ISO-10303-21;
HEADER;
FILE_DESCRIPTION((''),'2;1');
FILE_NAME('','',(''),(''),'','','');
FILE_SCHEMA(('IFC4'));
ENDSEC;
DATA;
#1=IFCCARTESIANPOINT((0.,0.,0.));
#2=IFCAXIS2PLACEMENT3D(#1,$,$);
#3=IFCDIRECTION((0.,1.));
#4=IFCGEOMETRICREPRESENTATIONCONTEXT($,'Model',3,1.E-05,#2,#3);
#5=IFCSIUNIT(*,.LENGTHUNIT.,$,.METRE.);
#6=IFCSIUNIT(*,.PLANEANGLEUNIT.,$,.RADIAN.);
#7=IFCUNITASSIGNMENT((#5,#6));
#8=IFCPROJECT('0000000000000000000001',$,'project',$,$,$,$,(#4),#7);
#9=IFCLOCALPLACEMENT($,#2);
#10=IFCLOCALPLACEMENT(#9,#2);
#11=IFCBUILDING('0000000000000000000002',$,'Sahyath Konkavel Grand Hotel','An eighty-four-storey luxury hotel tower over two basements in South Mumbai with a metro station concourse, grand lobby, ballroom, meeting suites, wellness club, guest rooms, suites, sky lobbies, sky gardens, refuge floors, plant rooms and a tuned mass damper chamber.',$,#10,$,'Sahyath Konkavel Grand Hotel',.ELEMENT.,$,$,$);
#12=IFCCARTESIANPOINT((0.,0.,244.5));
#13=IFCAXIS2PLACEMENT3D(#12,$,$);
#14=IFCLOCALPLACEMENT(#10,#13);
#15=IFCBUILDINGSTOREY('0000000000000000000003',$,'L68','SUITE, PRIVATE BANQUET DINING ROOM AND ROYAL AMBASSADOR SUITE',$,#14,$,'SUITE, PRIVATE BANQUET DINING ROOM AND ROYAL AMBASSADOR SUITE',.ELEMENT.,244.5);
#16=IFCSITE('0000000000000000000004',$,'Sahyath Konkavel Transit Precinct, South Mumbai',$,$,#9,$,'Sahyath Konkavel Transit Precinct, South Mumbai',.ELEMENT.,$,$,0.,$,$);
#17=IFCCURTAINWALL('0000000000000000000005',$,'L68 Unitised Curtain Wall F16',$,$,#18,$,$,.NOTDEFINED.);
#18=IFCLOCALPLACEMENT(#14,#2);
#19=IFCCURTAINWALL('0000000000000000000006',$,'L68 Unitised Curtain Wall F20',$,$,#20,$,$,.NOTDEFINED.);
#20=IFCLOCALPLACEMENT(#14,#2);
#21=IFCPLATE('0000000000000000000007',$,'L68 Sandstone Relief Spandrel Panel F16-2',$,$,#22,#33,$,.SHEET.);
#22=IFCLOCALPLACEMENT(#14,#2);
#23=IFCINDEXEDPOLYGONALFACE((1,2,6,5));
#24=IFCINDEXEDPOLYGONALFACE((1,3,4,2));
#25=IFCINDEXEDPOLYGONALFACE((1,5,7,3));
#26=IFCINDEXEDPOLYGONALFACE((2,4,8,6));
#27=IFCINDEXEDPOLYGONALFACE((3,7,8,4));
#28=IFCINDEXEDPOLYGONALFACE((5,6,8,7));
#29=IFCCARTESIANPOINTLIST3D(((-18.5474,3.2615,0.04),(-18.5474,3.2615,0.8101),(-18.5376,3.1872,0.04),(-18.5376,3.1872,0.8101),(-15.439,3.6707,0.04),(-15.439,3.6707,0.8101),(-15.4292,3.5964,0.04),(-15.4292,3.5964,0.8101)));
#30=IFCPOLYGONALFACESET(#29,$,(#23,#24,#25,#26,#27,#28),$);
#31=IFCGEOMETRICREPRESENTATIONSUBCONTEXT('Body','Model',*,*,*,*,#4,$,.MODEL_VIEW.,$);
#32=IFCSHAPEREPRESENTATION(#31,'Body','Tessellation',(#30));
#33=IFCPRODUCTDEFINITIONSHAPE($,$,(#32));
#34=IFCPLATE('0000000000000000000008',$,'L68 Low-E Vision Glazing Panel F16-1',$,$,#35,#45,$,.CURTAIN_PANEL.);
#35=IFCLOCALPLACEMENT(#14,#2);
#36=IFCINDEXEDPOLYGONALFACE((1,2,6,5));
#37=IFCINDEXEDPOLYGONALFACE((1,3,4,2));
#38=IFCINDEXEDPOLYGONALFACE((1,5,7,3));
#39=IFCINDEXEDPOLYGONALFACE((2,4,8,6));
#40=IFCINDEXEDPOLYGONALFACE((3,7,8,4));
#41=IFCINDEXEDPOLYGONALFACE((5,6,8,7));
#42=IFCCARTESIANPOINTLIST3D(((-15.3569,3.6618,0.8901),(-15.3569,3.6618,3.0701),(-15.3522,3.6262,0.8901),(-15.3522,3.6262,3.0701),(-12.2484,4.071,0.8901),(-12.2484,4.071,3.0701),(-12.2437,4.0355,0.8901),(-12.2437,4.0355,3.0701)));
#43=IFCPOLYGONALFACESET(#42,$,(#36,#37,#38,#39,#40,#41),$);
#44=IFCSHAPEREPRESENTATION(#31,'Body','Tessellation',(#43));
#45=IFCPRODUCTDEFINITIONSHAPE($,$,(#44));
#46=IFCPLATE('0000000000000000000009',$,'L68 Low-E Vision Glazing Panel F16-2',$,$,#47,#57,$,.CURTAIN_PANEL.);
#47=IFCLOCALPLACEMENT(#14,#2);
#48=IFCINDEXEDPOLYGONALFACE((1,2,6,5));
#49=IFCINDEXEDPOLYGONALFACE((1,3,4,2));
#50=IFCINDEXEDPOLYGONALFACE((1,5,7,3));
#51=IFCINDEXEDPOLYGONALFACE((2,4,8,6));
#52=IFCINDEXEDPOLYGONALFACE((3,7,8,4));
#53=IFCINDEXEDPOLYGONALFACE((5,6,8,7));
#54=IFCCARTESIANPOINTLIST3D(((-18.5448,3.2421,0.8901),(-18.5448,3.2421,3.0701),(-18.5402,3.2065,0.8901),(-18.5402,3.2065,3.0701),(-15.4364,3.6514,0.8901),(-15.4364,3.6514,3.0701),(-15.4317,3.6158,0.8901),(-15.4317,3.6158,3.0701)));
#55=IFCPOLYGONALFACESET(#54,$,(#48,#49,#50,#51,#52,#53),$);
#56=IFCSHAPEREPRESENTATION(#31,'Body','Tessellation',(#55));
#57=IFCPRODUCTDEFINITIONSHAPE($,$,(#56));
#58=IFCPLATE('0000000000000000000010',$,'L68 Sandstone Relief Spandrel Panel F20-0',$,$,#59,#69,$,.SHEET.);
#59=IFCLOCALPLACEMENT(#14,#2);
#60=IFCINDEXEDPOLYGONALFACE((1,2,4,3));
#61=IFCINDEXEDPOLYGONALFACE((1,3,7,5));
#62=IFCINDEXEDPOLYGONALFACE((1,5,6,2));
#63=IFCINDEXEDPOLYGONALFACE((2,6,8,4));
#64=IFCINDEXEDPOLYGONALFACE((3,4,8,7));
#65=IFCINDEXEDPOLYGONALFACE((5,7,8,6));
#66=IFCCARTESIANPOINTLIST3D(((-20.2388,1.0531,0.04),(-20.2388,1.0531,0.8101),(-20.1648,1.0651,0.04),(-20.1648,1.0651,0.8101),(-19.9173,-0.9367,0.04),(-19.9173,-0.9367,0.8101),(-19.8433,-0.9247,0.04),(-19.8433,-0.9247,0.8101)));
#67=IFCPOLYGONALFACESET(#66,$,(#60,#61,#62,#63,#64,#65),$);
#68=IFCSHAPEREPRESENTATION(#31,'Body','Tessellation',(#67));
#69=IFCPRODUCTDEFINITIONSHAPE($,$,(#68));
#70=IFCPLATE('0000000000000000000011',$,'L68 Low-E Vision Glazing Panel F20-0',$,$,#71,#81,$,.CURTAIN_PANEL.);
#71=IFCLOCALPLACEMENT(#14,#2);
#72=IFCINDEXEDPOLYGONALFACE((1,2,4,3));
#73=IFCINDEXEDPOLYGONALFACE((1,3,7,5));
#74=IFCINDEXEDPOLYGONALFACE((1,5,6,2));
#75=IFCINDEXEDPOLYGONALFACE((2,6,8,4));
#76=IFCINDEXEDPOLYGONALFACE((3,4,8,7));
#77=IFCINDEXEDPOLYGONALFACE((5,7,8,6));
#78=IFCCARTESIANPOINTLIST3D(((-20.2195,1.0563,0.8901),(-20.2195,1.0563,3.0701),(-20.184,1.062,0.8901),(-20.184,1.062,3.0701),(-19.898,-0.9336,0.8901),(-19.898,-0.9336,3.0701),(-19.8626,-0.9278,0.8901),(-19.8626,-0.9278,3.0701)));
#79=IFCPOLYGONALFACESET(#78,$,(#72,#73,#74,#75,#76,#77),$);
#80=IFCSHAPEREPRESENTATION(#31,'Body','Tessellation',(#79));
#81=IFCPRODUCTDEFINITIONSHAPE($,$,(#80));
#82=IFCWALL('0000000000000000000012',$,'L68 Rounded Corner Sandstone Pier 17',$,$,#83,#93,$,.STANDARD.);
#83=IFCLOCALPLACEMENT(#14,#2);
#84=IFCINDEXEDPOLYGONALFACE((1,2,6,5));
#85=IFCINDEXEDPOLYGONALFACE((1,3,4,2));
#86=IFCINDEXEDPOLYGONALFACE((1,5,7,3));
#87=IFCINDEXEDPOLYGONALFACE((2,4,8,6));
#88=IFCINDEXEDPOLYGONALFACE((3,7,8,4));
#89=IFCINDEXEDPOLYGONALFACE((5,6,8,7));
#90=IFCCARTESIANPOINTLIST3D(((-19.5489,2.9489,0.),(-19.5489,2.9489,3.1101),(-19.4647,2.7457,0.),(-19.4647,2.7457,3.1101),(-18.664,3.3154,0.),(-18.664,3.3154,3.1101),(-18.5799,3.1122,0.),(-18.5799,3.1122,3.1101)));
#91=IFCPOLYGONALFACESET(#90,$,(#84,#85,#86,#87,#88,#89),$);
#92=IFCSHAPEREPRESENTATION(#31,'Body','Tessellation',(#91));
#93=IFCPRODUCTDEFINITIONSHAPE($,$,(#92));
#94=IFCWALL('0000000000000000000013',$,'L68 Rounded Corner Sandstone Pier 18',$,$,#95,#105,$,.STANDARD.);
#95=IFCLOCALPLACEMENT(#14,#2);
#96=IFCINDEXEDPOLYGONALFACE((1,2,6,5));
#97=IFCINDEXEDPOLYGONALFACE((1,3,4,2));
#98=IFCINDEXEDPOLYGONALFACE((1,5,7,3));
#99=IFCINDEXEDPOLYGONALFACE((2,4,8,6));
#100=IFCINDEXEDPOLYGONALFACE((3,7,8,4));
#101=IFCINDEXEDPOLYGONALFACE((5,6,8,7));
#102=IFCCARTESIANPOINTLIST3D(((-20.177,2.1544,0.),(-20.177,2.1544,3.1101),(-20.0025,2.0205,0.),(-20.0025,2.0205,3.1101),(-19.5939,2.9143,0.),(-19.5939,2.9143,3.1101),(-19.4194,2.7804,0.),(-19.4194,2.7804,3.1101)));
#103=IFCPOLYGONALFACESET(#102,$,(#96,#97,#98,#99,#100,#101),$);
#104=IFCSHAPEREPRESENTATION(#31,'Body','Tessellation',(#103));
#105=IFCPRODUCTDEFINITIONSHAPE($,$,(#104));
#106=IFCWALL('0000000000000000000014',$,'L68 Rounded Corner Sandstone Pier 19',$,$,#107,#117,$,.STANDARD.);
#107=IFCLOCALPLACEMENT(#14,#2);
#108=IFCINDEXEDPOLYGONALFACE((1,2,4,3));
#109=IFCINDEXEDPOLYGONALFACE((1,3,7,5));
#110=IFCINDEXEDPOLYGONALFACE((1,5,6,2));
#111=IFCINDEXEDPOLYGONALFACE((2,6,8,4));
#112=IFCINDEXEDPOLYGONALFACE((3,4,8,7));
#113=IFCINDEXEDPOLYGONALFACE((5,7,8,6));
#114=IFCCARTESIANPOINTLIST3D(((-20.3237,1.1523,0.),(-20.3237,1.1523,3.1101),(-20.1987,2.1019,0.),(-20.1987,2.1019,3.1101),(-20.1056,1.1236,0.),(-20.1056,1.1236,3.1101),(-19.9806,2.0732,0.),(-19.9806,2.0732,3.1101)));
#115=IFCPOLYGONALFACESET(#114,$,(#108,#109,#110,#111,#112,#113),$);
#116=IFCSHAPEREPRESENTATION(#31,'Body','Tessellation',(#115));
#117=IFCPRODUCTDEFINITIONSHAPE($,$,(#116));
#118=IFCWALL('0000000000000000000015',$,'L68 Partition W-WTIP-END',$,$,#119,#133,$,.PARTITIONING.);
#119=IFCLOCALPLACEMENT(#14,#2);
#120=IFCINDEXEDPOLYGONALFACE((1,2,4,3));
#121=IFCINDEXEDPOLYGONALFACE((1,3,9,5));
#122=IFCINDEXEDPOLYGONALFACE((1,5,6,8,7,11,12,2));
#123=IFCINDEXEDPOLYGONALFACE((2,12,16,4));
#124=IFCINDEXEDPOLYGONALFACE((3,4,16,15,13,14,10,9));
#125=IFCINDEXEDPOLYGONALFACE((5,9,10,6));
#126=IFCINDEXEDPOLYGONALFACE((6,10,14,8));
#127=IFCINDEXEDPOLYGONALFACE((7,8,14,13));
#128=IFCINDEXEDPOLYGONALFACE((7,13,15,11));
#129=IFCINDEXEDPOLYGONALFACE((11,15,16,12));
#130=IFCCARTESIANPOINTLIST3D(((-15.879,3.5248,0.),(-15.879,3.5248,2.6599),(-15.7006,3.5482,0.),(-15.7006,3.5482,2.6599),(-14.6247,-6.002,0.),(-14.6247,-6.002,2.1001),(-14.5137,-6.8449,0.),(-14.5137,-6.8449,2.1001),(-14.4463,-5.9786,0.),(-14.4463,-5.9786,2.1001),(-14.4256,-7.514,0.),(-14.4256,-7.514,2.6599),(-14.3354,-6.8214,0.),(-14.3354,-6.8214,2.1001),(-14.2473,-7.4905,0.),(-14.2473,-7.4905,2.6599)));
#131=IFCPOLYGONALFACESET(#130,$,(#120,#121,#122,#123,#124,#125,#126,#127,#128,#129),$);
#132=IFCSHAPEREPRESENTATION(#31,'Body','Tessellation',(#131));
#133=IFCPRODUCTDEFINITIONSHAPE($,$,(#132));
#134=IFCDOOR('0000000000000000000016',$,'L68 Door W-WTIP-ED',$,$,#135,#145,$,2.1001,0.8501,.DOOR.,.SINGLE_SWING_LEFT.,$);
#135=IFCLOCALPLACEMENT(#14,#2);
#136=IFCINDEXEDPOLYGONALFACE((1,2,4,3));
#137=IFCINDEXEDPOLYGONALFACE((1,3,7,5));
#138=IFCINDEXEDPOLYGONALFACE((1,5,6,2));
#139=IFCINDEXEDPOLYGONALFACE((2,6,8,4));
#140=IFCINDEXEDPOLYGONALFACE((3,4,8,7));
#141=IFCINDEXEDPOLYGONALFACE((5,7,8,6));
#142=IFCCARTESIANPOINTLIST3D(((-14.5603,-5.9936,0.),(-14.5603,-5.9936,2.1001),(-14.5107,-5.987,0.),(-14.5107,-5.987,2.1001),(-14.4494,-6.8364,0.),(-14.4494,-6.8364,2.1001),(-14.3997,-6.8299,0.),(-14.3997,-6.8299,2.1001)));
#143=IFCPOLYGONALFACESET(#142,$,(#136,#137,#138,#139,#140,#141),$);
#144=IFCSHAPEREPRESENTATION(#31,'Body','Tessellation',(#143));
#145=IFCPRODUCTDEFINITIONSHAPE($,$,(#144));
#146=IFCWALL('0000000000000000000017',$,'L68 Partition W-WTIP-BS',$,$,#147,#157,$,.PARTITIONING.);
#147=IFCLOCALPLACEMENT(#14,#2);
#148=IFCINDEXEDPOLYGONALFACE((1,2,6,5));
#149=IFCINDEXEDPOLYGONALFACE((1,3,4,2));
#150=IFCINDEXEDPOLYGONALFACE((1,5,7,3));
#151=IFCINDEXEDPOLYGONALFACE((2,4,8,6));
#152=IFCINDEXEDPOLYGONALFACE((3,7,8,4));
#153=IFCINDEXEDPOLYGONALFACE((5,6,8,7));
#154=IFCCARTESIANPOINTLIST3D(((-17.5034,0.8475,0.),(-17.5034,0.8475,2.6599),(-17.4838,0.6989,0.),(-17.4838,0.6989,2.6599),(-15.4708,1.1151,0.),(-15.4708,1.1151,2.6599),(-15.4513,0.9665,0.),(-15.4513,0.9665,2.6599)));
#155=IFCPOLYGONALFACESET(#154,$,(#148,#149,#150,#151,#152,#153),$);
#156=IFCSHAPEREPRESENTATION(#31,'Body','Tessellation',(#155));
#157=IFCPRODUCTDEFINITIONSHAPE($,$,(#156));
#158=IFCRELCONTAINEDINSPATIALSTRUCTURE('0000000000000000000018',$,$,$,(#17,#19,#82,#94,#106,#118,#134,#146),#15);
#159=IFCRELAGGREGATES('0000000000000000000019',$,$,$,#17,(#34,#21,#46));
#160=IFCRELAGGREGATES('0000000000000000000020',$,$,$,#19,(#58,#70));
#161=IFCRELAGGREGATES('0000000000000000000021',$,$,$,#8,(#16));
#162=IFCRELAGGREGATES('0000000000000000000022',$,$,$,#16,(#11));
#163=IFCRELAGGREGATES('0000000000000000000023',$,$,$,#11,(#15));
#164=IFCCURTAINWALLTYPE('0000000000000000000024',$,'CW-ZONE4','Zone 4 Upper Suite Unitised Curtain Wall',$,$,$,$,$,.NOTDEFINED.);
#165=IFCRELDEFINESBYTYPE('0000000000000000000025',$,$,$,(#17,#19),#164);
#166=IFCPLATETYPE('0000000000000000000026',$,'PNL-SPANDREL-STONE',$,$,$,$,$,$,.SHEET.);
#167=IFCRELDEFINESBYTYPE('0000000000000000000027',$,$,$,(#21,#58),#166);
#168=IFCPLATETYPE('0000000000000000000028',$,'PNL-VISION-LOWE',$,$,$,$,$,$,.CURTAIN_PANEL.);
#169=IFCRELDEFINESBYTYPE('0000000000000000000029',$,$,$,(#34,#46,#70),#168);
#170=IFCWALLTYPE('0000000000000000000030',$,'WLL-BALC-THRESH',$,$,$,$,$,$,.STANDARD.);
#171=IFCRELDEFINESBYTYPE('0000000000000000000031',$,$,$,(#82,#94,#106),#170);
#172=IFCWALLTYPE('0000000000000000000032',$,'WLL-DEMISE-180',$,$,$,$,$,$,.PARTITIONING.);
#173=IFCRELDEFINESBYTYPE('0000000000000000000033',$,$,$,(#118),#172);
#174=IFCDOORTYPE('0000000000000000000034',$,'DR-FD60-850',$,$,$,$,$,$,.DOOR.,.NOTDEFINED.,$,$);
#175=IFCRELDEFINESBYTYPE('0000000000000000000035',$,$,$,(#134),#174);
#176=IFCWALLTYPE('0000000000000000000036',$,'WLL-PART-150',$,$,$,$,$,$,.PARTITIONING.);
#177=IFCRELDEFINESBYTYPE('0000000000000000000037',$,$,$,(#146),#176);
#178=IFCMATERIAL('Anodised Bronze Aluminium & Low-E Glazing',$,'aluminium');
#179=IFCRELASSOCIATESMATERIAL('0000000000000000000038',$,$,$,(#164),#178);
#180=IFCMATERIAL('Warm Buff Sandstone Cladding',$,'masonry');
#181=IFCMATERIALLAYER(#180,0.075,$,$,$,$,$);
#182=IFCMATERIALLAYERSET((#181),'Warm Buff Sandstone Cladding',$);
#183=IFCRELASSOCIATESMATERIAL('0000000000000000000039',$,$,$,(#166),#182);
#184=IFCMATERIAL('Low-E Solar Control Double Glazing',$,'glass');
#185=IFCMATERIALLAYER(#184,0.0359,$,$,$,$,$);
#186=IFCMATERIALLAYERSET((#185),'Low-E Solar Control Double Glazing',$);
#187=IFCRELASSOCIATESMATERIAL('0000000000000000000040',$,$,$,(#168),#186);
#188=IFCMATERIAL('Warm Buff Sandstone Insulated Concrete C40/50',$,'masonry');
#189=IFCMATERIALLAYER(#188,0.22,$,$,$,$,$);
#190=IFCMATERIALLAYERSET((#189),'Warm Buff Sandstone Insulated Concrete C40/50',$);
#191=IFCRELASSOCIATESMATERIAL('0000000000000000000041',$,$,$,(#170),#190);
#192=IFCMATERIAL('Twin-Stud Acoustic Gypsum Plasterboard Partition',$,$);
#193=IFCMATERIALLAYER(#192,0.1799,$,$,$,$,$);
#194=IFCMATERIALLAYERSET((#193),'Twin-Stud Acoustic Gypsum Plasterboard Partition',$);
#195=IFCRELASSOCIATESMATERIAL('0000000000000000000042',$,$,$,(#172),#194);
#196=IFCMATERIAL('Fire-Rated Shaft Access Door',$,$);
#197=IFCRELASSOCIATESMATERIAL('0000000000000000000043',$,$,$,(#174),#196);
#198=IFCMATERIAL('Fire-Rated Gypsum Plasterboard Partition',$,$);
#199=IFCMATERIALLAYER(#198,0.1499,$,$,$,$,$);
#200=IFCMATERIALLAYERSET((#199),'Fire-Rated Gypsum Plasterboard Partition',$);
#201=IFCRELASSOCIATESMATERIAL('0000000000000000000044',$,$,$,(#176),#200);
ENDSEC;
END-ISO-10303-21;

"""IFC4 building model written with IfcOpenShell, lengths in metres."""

from ifc_helpers import new_model, si_unit, direction, frame, frame_2d, origin, origin_2d, place, context, subcontext, project, spatial, rectangle, extrude, source, transform, mapped, material, layer, layer_set, type_object, element, fill, aggregate, save


model = new_model("IFC4")

# Units and contexts
model_context = context("Model", 3, precision=1e-05, world=origin(), true_north=direction((0.0, 1.0)))
body_context = subcontext(model_context, "Body", "Model", "MODEL_VIEW")
ifc_project = project(units=[si_unit("LENGTHUNIT", "METRE"), si_unit("PLANEANGLEUNIT", "RADIAN")], contexts=[model_context])

# Site, building, storey
site_placement = place(None, origin())
site = spatial("IfcSite", under=ifc_project, at=site_placement, Name="Sahyath Konkavel Transit Precinct, South Mumbai", LongName="Sahyath Konkavel Transit Precinct, South Mumbai", CompositionType="ELEMENT", RefElevation=0.0)
building_placement = place(site_placement, origin())
building = spatial("IfcBuilding", under=site, at=building_placement, Name="Sahyath Konkavel Grand Hotel", Description="An eighty-four-storey luxury hotel tower over two basements in South Mumbai with a metro station concourse, grand lobby, ballroom, meeting suites, wellness club, guest rooms, suites, sky lobbies, sky gardens, refuge floors, plant rooms and a tuned mass damper chamber.", LongName="Sahyath Konkavel Grand Hotel", CompositionType="ELEMENT")
storey_placement = place(building_placement, frame((0.0, 0.0, 244.5)))
storey = spatial("IfcBuildingStorey", under=building, at=storey_placement, Name="L68", Description="SUITE, PRIVATE BANQUET DINING ROOM AND ROYAL AMBASSADOR SUITE", LongName="SUITE, PRIVATE BANQUET DINING ROOM AND ROYAL AMBASSADOR SUITE", CompositionType="ELEMENT", Elevation=244.5)

# Curtain wall
ifc_material_1 = material(Name="Anodised Bronze Aluminium & Low-E Glazing", Category="aluminium")
curtain_wall_type = type_object("IfcCurtainWallType", Name="CW-ZONE4", Description="Zone 4 Upper Suite Unitised Curtain Wall", PredefinedType="NOTDEFINED", material=ifc_material_1)
curtain_wall_1_placement = place(storey_placement, origin())
curtain_wall_1 = element("IfcCurtainWall", 1, at=curtain_wall_1_placement, inside=storey, type_object=curtain_wall_type, Name="L68 Unitised Curtain Wall F16", PredefinedType="NOTDEFINED")

# Curtain wall
curtain_wall_2_placement = place(storey_placement, origin())
curtain_wall_2 = element("IfcCurtainWall", 2, at=curtain_wall_2_placement, inside=storey, type_object=curtain_wall_type, Name="L68 Unitised Curtain Wall F20", PredefinedType="NOTDEFINED")

# Plates
ifc_material_2 = material(Name="Warm Buff Sandstone Cladding", Category="masonry")
ifc_layer_1 = layer(ifc_material_2, 0.075)
ifc_layer_set_1 = layer_set([ifc_layer_1], Name="Warm Buff Sandstone Cladding")
plate_type_1 = type_object("IfcPlateType", Name="PNL-SPANDREL-STONE", PredefinedType="SHEET", material=ifc_layer_set_1)
shared_shape_1 = source(origin(), body_context, "Body", "SweptSolid", [
    extrude(rectangle(XDim=3.1353, YDim=0.075, at=origin_2d()), origin(), (0.0, 0.0, 1.0), 0.77),
])
plate_1_placement = place(storey_placement, frame((-16.9883, 3.429, 0.04), z_axis=(0.0, 0.0, 1.0), x_axis=(-0.991445, -0.130526, 0.0)))
plate_1 = element("IfcPlate", 3, at=plate_1_placement, type_object=plate_type_1, Name="L68 Sandstone Relief Spandrel Panel F16-2", PredefinedType="SHEET", context=body_context, shape_type="MappedRepresentation", body=[
    mapped(shared_shape_1, transform((0.0, 0.0, 0.0), scale=1.0)),
])
ifc_material_3 = material(Name="Low-E Solar Control Double Glazing", Category="glass")
ifc_layer_2 = layer(ifc_material_3, 0.0359)
ifc_layer_set_2 = layer_set([ifc_layer_2], Name="Low-E Solar Control Double Glazing")
plate_type_2 = type_object("IfcPlateType", Name="PNL-VISION-LOWE", PredefinedType="CURTAIN_PANEL", material=ifc_layer_set_2)
shared_shape_2 = source(origin(), body_context, "Body", "SweptSolid", [
    extrude(rectangle(XDim=3.1353, YDim=0.0359, at=origin_2d()), origin(), (0.0, 0.0, 1.0), 2.1799),
])
plate_2_placement = place(storey_placement, frame((-13.8003, 3.8486, 0.8901), z_axis=(0.0, 0.0, 1.0), x_axis=(-0.991445, -0.130526, 0.0)))
plate_2 = element("IfcPlate", 4, at=plate_2_placement, type_object=plate_type_2, Name="L68 Low-E Vision Glazing Panel F16-1", PredefinedType="CURTAIN_PANEL", context=body_context, shape_type="MappedRepresentation", body=[
    mapped(shared_shape_2, transform((0.0, 0.0, 0.0), scale=1.0)),
])
plate_3_placement = place(storey_placement, frame((-16.9883, 3.429, 0.8901), z_axis=(0.0, 0.0, 1.0), x_axis=(-0.991445, -0.130526, 0.0)))
plate_3 = element("IfcPlate", 5, at=plate_3_placement, type_object=plate_type_2, Name="L68 Low-E Vision Glazing Panel F16-2", PredefinedType="CURTAIN_PANEL", context=body_context, shape_type="MappedRepresentation", body=[
    mapped(shared_shape_2, transform((0.0, 0.0, 0.0), scale=1.0)),
])
aggregate(curtain_wall_1, [plate_2, plate_1, plate_3])
shared_shape_3 = source(origin(), body_context, "Body", "SweptSolid", [
    extrude(rectangle(XDim=2.0156, YDim=0.075, at=origin_2d()), origin(), (0.0, 0.0, 1.0), 0.77),
])
plate_4_placement = place(storey_placement, frame((-20.041, 0.0642, 0.04), z_axis=(0.0, 0.0, 1.0), x_axis=(0.159502, -0.987198, 0.0)))
plate_4 = element("IfcPlate", 6, at=plate_4_placement, type_object=plate_type_1, Name="L68 Sandstone Relief Spandrel Panel F20-0", PredefinedType="SHEET", context=body_context, shape_type="MappedRepresentation", body=[
    mapped(shared_shape_3, transform((0.0, 0.0, 0.0), scale=1.0)),
])
shared_shape_4 = source(origin(), body_context, "Body", "SweptSolid", [
    extrude(rectangle(XDim=2.0156, YDim=0.0359, at=origin_2d()), origin(), (0.0, 0.0, 1.0), 2.1799),
])
plate_5_placement = place(storey_placement, frame((-20.041, 0.0642, 0.8901), z_axis=(0.0, 0.0, 1.0), x_axis=(0.159502, -0.987198, 0.0)))
plate_5 = element("IfcPlate", 7, at=plate_5_placement, type_object=plate_type_2, Name="L68 Low-E Vision Glazing Panel F20-0", PredefinedType="CURTAIN_PANEL", context=body_context, shape_type="MappedRepresentation", body=[
    mapped(shared_shape_4, transform((0.0, 0.0, 0.0), scale=1.0)),
])
aggregate(curtain_wall_2, [plate_4, plate_5])

# Walls
ifc_material_4 = material(Name="Warm Buff Sandstone Insulated Concrete C40/50", Category="masonry")
ifc_layer_3 = layer(ifc_material_4, 0.22)
ifc_layer_set_3 = layer_set([ifc_layer_3], Name="Warm Buff Sandstone Insulated Concrete C40/50")
wall_type_1 = type_object("IfcWallType", Name="WLL-BALC-THRESH", PredefinedType="STANDARD", material=ifc_layer_set_3)
for number, where, z_axis, x_axis, name in (
    (8, (-18.6218, 3.2139, 0.0), (0.0, 0.0, 1.0), (-0.923889, -0.38266, 0.0), "L68 Rounded Corner Sandstone Pier 17"),
    (9, (-19.5066, 2.8474, 0.0), (0.0, 0.0, 1.0), (-0.608774, -0.793344, 0.0), "L68 Rounded Corner Sandstone Pier 18"),
    (10, (-20.0896, 2.0876, 0.0), (0.0, 0.0, 1.0), (-0.130527, -0.991445, 0.0), "L68 Rounded Corner Sandstone Pier 19"),
):
    element("IfcWall", number, at=place(storey_placement, frame(where, z_axis=z_axis, x_axis=x_axis)), inside=storey, type_object=wall_type_1, Name=name, PredefinedType="STANDARD", context=body_context, shape_type="SweptSolid", body=[
        extrude(rectangle(XDim=0.9578, YDim=0.22, at=frame_2d((0.479, 0.0))), origin(), (0.0, 0.0, 1.0), 3.1101),
    ])

# Wall, opening, door
ifc_material_5 = material(Name="Twin-Stud Acoustic Gypsum Plasterboard Partition")
ifc_layer_4 = layer(ifc_material_5, 0.1799)
ifc_layer_set_4 = layer_set([ifc_layer_4], Name="Twin-Stud Acoustic Gypsum Plasterboard Partition")
wall_type_2 = type_object("IfcWallType", Name="WLL-DEMISE-180", PredefinedType="PARTITIONING", material=ifc_layer_set_4)
wall_1_placement = place(storey_placement, frame((-15.7898, 3.5364, 0.0), z_axis=(0.0, 0.0, 1.0), x_axis=(0.130533, -0.991444, 0.0)))
wall_1 = element("IfcWall", 11, at=wall_1_placement, inside=storey, type_object=wall_type_2, Name="L68 Partition W-WTIP-END", PredefinedType="PARTITIONING", context=body_context, shape_type="SweptSolid", body=[
    extrude(rectangle(XDim=11.134, YDim=0.1799, at=frame_2d((5.5669, 0.0))), origin(), (0.0, 0.0, 1.0), 2.6599),
])
opening_1_placement = place(wall_1_placement, frame((9.6089, 0.0, 0.0)))
opening_1 = element("IfcOpeningElement", 12, at=opening_1_placement, cuts=wall_1, PredefinedType="OPENING", context=body_context, shape_type="SweptSolid", body=[
    extrude(rectangle(XDim=0.8501, YDim=2.1001, at=frame_2d((0.425, 1.05))), frame((0.0, 0.1001, 0.0), z_axis=(0.0, -1.0, 0.0), x_axis=(1.0, 0.0, 0.0)), (0.0, 0.0, 1.0), 0.2),
])
ifc_material_6 = material(Name="Fire-Rated Shaft Access Door")
door_type_1 = type_object("IfcDoorType", Name="DR-FD60-850", OperationType="NOTDEFINED", PredefinedType="DOOR", material=ifc_material_6)
shared_shape_5 = source(origin(), body_context, "Body", "SweptSolid", [
    extrude(rectangle(XDim=0.8501, YDim=0.05, at=origin_2d()), origin(), (0.0, 0.0, 1.0), 2.1001),
])
door_1_placement = place(opening_1_placement, frame((0.425, 0.0, 0.0)))
door_1 = element("IfcDoor", 13, at=door_1_placement, inside=storey, type_object=door_type_1, Name="L68 Door W-WTIP-ED", OperationType="SINGLE_SWING_LEFT", OverallHeight=2.1001, OverallWidth=0.8501, PredefinedType="DOOR", context=body_context, shape_type="MappedRepresentation", body=[
    mapped(shared_shape_5, transform((0.0, 0.0, 0.0), scale=1.0)),
])
fill(opening_1, door_1)

# Wall
ifc_material_7 = material(Name="Fire-Rated Gypsum Plasterboard Partition")
ifc_layer_5 = layer(ifc_material_7, 0.1499)
ifc_layer_set_5 = layer_set([ifc_layer_5], Name="Fire-Rated Gypsum Plasterboard Partition")
wall_type_3 = type_object("IfcWallType", Name="WLL-PART-150", PredefinedType="PARTITIONING", material=ifc_layer_set_5)
wall_2_placement = place(storey_placement, frame((-15.4612, 1.0408, 0.0), z_axis=(0.0, 0.0, 1.0), x_axis=(-0.991445, -0.130525, 0.0)))
element("IfcWall", 14, at=wall_2_placement, inside=storey, type_object=wall_type_3, Name="L68 Partition W-WTIP-BS", PredefinedType="PARTITIONING", context=body_context, shape_type="SweptSolid", body=[
    extrude(rectangle(XDim=2.05, YDim=0.1499, at=frame_2d((1.0249, 0.0))), origin(), (0.0, 0.0, 1.0), 2.6599),
])

save(model, "model.ifc")
